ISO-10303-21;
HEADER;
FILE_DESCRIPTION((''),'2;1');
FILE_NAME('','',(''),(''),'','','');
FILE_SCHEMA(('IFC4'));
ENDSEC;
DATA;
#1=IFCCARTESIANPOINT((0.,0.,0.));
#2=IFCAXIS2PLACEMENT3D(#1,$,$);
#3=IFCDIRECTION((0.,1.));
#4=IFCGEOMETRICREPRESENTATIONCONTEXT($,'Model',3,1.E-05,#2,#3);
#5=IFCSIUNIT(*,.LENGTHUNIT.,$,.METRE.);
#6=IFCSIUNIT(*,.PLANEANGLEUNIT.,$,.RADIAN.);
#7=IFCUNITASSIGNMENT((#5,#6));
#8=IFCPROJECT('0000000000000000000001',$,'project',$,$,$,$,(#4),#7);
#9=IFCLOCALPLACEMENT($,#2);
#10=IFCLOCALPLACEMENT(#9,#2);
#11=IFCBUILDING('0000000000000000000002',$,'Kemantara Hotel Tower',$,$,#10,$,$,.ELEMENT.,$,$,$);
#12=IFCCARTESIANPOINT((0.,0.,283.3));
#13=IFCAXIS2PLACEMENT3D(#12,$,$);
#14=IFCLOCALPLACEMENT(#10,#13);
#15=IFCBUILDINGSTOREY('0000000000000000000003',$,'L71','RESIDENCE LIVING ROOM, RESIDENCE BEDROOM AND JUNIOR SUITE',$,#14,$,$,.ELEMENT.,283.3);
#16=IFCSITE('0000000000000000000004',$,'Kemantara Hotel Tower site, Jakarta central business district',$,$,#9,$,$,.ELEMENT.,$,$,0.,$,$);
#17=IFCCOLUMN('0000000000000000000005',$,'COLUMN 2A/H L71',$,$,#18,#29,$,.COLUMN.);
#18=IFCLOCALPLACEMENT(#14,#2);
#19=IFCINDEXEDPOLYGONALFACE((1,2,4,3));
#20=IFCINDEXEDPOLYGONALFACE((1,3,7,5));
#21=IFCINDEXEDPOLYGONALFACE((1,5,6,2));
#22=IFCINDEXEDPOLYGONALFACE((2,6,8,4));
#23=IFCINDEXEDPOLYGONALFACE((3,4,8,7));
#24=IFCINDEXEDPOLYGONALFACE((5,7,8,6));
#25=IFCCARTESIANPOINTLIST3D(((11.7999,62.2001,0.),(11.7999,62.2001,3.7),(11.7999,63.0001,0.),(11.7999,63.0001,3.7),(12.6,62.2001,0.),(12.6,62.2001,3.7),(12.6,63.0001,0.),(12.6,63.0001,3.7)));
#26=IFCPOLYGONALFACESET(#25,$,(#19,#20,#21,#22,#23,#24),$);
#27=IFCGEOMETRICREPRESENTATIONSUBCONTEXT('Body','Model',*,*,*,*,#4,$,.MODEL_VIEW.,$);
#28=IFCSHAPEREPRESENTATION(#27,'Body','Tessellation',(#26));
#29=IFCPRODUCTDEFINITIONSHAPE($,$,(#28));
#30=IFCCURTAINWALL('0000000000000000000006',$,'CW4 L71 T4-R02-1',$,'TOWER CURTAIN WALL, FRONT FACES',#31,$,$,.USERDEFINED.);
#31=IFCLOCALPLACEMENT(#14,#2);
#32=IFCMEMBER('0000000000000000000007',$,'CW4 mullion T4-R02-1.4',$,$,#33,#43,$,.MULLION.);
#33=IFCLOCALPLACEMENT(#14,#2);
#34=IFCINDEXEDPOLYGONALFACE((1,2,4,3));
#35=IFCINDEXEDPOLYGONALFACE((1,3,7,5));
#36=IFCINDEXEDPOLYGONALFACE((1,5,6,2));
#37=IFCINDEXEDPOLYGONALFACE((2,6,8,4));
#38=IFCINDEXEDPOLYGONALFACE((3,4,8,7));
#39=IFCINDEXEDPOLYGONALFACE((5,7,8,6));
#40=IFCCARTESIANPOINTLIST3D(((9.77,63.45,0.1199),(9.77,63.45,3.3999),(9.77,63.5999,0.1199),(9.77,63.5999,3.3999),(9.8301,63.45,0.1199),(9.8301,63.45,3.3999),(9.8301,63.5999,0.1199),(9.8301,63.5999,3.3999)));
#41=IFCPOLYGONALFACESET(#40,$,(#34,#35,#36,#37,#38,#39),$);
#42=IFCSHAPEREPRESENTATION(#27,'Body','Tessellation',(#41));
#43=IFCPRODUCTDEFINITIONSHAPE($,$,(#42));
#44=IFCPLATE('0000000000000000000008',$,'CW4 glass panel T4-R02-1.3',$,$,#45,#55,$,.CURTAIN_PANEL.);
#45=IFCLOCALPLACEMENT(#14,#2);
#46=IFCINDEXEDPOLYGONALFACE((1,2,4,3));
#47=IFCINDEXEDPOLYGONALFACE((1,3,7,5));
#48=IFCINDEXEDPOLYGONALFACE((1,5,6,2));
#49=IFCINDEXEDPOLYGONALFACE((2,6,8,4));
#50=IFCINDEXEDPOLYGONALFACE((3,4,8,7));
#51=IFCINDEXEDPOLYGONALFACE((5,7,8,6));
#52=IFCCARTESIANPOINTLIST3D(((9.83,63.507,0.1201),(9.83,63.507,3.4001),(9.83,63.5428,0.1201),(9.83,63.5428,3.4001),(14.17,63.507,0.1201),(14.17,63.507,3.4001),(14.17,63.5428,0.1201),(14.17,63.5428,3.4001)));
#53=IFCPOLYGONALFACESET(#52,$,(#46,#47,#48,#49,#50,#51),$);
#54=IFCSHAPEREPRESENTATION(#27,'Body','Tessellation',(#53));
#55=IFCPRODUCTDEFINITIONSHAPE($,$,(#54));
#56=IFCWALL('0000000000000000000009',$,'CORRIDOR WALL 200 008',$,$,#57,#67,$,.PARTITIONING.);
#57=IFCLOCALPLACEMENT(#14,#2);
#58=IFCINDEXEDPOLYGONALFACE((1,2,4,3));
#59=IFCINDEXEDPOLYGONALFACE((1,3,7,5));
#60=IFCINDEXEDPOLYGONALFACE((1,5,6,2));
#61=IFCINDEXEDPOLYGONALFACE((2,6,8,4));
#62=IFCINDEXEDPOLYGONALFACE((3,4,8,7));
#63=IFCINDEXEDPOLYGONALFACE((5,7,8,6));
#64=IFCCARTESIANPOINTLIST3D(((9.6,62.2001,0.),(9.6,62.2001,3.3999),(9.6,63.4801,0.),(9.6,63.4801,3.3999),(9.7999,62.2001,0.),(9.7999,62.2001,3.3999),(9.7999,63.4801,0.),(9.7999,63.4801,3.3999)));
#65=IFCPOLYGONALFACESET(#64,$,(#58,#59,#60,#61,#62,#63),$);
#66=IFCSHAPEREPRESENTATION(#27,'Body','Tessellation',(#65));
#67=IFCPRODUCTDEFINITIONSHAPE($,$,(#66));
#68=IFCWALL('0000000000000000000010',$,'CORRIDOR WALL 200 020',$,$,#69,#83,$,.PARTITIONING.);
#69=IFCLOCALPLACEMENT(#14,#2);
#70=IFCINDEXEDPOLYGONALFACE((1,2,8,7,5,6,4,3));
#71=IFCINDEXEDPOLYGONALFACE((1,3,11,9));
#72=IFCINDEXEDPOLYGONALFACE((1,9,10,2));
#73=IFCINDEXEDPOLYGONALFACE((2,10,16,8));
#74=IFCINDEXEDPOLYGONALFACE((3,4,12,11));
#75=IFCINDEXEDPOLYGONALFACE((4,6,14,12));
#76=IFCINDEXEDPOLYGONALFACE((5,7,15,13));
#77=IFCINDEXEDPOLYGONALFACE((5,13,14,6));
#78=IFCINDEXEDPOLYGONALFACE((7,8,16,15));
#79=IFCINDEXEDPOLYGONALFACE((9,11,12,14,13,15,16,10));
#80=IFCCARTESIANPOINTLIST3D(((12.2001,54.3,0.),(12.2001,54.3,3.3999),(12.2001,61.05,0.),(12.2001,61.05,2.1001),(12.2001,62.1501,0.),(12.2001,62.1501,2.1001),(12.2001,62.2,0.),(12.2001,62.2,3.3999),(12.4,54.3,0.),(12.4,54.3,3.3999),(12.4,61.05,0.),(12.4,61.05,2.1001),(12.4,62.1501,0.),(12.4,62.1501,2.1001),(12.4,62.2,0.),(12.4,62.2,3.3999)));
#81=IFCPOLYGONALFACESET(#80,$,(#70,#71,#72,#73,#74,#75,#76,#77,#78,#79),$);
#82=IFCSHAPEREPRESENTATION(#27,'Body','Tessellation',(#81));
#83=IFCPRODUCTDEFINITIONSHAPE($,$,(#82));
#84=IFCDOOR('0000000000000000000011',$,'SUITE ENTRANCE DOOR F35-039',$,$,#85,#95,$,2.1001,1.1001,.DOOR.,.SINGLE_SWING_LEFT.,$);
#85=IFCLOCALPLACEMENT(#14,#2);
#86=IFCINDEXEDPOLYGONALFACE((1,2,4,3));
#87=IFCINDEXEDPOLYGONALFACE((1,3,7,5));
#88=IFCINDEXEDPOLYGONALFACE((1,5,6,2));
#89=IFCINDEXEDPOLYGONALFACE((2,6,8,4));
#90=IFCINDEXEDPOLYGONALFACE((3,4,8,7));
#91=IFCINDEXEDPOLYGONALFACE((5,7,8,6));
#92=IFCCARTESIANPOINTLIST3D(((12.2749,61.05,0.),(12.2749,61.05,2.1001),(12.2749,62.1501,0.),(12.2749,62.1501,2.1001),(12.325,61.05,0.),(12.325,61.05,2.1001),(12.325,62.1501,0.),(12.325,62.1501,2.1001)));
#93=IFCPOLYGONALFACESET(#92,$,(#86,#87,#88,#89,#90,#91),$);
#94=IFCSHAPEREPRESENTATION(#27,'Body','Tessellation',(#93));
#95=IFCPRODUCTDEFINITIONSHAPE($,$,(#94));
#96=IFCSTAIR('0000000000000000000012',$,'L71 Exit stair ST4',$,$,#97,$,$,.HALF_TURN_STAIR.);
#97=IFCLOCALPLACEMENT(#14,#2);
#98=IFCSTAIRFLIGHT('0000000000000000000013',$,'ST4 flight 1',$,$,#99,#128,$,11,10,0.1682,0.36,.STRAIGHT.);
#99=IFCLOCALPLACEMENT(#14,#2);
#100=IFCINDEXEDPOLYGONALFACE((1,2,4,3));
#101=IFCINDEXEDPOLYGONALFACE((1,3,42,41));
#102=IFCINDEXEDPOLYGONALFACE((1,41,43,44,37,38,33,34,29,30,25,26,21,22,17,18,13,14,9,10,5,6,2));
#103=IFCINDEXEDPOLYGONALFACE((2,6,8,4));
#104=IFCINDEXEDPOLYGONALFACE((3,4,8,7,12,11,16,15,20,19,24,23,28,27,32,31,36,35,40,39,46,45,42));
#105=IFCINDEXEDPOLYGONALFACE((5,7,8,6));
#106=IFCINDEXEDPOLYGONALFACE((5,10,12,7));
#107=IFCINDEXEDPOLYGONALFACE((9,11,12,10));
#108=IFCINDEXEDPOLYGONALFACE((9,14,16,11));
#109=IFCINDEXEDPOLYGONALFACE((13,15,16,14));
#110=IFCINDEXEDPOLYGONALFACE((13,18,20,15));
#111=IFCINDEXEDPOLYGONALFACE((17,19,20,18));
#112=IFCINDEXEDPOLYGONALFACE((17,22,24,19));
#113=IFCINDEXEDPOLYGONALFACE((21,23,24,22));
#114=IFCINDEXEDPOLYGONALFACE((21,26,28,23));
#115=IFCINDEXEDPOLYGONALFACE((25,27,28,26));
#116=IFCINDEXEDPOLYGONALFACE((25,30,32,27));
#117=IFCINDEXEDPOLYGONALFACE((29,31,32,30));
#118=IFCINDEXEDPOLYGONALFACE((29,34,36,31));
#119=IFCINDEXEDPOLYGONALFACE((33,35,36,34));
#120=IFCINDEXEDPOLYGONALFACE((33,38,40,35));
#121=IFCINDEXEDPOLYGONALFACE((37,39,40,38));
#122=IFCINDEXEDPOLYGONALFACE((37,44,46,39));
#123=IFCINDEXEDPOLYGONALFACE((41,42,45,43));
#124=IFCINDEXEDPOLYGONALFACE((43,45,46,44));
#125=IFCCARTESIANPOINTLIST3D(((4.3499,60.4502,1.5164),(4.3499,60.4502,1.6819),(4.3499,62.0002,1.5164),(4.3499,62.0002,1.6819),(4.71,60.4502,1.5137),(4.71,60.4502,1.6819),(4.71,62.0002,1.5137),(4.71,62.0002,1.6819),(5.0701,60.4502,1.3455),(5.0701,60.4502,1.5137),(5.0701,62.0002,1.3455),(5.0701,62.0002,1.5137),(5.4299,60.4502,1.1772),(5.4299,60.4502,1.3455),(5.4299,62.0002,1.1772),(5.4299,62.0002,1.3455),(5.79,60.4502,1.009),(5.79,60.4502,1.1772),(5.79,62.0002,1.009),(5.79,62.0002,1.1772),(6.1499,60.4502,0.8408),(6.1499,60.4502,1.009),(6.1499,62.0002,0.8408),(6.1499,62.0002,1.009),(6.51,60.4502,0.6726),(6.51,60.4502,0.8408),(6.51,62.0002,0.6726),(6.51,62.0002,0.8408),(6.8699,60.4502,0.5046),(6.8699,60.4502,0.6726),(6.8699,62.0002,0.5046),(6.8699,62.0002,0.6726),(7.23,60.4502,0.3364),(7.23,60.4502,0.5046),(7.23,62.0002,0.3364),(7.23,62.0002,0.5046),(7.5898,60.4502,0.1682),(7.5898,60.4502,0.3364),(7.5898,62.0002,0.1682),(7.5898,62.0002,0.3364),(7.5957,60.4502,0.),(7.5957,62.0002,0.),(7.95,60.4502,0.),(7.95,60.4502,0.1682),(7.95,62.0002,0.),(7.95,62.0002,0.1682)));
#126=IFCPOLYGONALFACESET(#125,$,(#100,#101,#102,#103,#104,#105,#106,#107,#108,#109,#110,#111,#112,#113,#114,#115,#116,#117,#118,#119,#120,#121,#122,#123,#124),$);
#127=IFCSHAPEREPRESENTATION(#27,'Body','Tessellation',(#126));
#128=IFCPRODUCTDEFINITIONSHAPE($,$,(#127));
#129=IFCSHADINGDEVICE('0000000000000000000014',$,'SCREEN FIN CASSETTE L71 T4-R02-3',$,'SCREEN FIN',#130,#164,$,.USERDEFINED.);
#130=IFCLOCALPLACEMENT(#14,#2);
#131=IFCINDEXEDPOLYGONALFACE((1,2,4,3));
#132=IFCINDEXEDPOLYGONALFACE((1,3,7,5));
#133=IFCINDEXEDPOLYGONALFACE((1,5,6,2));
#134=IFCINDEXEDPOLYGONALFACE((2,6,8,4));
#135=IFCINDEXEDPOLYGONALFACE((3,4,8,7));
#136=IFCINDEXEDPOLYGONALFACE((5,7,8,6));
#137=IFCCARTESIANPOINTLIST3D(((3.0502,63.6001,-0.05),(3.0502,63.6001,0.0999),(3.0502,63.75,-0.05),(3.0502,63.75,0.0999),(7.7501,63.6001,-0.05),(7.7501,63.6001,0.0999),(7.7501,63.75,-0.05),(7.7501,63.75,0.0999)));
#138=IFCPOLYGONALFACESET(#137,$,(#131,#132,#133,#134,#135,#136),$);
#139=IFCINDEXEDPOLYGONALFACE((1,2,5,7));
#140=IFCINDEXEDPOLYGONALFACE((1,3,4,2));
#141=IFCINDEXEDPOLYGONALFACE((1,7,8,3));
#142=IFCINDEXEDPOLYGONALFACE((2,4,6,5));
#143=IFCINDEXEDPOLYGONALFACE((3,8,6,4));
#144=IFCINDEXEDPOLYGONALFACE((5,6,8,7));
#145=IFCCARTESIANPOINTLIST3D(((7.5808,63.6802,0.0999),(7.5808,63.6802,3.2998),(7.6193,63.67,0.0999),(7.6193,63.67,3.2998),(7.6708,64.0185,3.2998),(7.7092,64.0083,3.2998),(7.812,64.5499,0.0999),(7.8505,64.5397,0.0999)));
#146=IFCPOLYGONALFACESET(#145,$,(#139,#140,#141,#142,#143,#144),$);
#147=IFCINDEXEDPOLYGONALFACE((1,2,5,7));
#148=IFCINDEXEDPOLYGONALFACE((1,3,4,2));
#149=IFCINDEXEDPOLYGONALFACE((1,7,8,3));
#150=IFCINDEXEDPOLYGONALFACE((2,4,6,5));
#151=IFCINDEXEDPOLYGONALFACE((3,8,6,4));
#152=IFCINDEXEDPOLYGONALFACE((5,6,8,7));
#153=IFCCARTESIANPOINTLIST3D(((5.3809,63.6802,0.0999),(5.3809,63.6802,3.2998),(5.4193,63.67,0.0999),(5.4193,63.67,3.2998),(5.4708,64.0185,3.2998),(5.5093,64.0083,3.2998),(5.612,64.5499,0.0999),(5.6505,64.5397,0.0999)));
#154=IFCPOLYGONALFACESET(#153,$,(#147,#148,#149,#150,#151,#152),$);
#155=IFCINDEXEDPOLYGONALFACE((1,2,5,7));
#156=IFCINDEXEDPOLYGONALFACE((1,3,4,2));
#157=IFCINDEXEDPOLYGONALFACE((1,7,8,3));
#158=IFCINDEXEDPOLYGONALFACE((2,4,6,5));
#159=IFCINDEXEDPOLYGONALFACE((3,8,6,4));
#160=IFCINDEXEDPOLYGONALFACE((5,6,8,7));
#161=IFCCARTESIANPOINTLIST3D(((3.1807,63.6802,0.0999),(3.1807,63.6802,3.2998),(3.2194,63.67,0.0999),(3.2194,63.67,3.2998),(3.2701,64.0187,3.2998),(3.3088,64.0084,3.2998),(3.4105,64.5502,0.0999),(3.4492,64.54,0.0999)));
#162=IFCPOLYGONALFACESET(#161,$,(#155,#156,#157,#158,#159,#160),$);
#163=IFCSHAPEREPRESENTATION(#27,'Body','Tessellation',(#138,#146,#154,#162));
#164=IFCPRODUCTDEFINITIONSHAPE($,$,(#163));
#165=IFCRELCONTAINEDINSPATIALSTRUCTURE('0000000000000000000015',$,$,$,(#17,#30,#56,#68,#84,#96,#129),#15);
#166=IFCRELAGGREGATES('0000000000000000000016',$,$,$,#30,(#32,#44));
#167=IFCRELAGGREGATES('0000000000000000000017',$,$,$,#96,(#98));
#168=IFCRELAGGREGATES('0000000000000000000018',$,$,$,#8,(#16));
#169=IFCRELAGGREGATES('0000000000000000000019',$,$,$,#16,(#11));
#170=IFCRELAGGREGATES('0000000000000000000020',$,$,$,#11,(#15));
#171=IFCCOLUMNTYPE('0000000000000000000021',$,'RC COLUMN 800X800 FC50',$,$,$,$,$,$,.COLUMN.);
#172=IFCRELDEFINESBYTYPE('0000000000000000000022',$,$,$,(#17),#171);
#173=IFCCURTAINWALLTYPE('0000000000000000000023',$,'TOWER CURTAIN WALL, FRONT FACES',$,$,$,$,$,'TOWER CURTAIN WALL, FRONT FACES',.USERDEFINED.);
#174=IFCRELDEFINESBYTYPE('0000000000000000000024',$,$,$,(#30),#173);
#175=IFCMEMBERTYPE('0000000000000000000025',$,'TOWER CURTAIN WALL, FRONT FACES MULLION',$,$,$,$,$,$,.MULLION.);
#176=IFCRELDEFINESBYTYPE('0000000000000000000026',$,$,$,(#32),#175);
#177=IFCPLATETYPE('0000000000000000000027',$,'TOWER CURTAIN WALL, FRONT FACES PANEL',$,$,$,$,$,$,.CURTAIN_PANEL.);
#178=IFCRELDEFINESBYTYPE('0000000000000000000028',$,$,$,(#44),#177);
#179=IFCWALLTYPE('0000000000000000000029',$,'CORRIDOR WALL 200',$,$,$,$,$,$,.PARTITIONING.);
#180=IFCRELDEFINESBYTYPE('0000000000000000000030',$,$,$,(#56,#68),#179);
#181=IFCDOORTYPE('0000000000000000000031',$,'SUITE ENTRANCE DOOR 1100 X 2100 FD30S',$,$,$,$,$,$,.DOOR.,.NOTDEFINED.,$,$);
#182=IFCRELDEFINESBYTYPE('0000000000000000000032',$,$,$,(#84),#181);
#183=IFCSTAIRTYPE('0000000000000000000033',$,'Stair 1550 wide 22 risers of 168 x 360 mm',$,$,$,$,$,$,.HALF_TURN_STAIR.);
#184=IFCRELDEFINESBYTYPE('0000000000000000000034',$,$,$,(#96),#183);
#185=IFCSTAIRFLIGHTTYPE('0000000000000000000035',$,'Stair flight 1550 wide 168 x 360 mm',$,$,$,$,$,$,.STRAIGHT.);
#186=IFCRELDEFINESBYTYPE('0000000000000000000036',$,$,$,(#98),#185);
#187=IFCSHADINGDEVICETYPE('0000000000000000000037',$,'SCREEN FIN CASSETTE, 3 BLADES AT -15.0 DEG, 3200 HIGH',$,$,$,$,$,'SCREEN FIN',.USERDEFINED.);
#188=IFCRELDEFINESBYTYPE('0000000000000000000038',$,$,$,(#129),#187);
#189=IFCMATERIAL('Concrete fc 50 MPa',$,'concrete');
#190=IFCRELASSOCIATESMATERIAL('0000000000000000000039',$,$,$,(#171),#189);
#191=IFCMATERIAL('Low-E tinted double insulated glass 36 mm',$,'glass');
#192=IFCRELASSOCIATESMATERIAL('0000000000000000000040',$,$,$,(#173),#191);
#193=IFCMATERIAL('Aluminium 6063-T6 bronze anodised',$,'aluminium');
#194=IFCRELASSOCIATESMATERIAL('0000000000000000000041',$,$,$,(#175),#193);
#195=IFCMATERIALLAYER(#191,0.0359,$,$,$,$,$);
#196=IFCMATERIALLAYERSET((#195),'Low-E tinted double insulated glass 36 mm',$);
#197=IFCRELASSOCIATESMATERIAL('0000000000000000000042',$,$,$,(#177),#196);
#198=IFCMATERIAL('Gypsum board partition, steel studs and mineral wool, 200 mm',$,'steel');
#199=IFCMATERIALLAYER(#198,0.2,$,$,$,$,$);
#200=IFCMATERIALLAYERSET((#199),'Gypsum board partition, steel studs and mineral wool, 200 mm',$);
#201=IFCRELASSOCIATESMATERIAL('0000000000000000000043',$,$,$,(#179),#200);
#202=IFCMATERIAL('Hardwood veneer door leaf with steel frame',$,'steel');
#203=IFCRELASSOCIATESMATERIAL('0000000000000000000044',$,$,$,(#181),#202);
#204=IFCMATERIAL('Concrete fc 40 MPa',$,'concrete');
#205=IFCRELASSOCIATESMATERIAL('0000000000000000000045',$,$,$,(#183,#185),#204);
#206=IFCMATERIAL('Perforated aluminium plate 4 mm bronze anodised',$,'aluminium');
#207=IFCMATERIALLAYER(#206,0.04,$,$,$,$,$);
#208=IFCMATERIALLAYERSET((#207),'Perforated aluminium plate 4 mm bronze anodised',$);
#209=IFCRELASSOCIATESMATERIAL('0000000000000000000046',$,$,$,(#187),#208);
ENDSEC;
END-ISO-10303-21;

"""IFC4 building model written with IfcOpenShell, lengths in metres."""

from ifc_helpers import new_model, si_unit, direction, frame, frame_2d, origin, origin_2d, place, context, subcontext, project, spatial, polyline, rectangle, outline, extrude, source, transform, mapped, material, layer, layer_set, material_profile, profile_set, type_object, element, fill, aggregate, save


model = new_model("IFC4")

# Units and contexts
model_context = context("Model", 3, precision=1e-05, world=origin(), true_north=direction((0.0, 1.0)))
body_context = subcontext(model_context, "Body", "Model", "MODEL_VIEW")
ifc_project = project(units=[si_unit("LENGTHUNIT", "METRE"), si_unit("PLANEANGLEUNIT", "RADIAN")], contexts=[model_context])

# Site, building, storey
site_placement = place(None, origin())
site = spatial("IfcSite", under=ifc_project, at=site_placement, Name="Kemantara Hotel Tower site, Jakarta central business district", CompositionType="ELEMENT", RefElevation=0.0)
building_placement = place(site_placement, origin())
building = spatial("IfcBuilding", under=site, at=building_placement, Name="Kemantara Hotel Tower", CompositionType="ELEMENT")
storey_placement = place(building_placement, frame((0.0, 0.0, 283.3)))
storey = spatial("IfcBuildingStorey", under=building, at=storey_placement, Name="L71", Description="RESIDENCE LIVING ROOM, RESIDENCE BEDROOM AND JUNIOR SUITE", CompositionType="ELEMENT", Elevation=283.3)

# Column
ifc_material_1 = material(Name="Concrete fc 50 MPa", Category="concrete")
ifc_material_profile_1 = material_profile(ifc_material_1, rectangle(XDim=0.8, YDim=0.8, at=origin_2d()), Name="RC 800X800")
ifc_profile_set_1 = profile_set([ifc_material_profile_1], Name="Concrete fc 50 MPa")
column_type = type_object("IfcColumnType", Name="RC COLUMN 800X800 FC50", PredefinedType="COLUMN", material=ifc_profile_set_1)
column_placement = place(storey_placement, frame((12.2, 62.6001, 0.0), z_axis=(0.0, 0.0, 1.0), x_axis=(1.0, 0.0, 0.0)))
element("IfcColumn", 1, at=column_placement, inside=storey, type_object=column_type, Name="COLUMN 2A/H L71", PredefinedType="COLUMN", context=body_context, shape_type="SweptSolid", body=[
    extrude(rectangle(XDim=0.8, YDim=0.8, at=origin_2d()), origin(), (0.0, 0.0, 1.0), 3.7),
])

# Curtain wall, member, plate
ifc_material_2 = material(Name="Low-E tinted double insulated glass 36 mm", Category="glass")
curtain_wall_type = type_object("IfcCurtainWallType", Name="TOWER CURTAIN WALL, FRONT FACES", ElementType="TOWER CURTAIN WALL, FRONT FACES", PredefinedType="USERDEFINED", material=ifc_material_2)
curtain_wall_placement = place(storey_placement, origin())
curtain_wall = element("IfcCurtainWall", 2, at=curtain_wall_placement, inside=storey, type_object=curtain_wall_type, Name="CW4 L71 T4-R02-1", ObjectType="TOWER CURTAIN WALL, FRONT FACES", PredefinedType="USERDEFINED")
ifc_material_3 = material(Name="Aluminium 6063-T6 bronze anodised", Category="aluminium")
ifc_material_profile_2 = material_profile(ifc_material_3, rectangle(XDim=0.1499, YDim=0.0601, at=origin_2d()), Name="TOWER CURTAIN WALL, FRONT FACES MULLION")
ifc_profile_set_2 = profile_set([ifc_material_profile_2], Name="Aluminium 6063-T6 bronze anodised")
member_type = type_object("IfcMemberType", Name="TOWER CURTAIN WALL, FRONT FACES MULLION", PredefinedType="MULLION", material=ifc_profile_set_2)
shared_shape_1 = source(origin(), body_context, "Body", "SweptSolid", [
    extrude(rectangle(XDim=0.1499, YDim=0.0601, at=origin_2d()), origin(), (0.0, 0.0, 1.0), 3.28),
])
member_placement = place(storey_placement, frame((9.8, 63.5249, 0.1199), z_axis=(0.0, 0.0, 1.0), x_axis=(0.0, -1.0, 0.0)))
member = element("IfcMember", 3, at=member_placement, type_object=member_type, Name="CW4 mullion T4-R02-1.4", PredefinedType="MULLION", context=body_context, shape_type="MappedRepresentation", body=[
    mapped(shared_shape_1, transform((0.0, 0.0, 0.0))),
])
ifc_layer_1 = layer(ifc_material_2, 0.0359)
ifc_layer_set_1 = layer_set([ifc_layer_1], Name="Low-E tinted double insulated glass 36 mm")
plate_type = type_object("IfcPlateType", Name="TOWER CURTAIN WALL, FRONT FACES PANEL", PredefinedType="CURTAIN_PANEL", material=ifc_layer_set_1)
shared_shape_2 = source(origin(), body_context, "Body", "SweptSolid", [
    extrude(rectangle(XDim=4.3401, YDim=0.0359, at=origin_2d()), origin(), (0.0, 0.0, 1.0), 3.28),
])
plate_placement = place(storey_placement, frame((12.0, 63.5249, 0.1201), z_axis=(0.0, 0.0, 1.0), x_axis=(-1.0, 0.0, 0.0)))
plate = element("IfcPlate", 4, at=plate_placement, type_object=plate_type, Name="CW4 glass panel T4-R02-1.3", PredefinedType="CURTAIN_PANEL", context=body_context, shape_type="MappedRepresentation", body=[
    mapped(shared_shape_2, transform((0.0, 0.0, 0.0))),
])
aggregate(curtain_wall, [member, plate])

# Wall
ifc_material_4 = material(Name="Gypsum board partition, steel studs and mineral wool, 200 mm", Category="steel")
ifc_layer_2 = layer(ifc_material_4, 0.2)
ifc_layer_set_2 = layer_set([ifc_layer_2], Name="Gypsum board partition, steel studs and mineral wool, 200 mm")
wall_type = type_object("IfcWallType", Name="CORRIDOR WALL 200", PredefinedType="PARTITIONING", material=ifc_layer_set_2)
wall_1_placement = place(storey_placement, frame((9.7, 62.2, 0.0), z_axis=(0.0, 0.0, 1.0), x_axis=(0.0, 1.0, 0.0)))
element("IfcWall", 5, at=wall_1_placement, inside=storey, type_object=wall_type, Name="CORRIDOR WALL 200 008", PredefinedType="PARTITIONING", context=body_context, shape_type="SweptSolid", body=[
    extrude(rectangle(XDim=1.28, YDim=0.2, at=frame_2d((0.6401, 0.0))), origin(), (0.0, 0.0, 1.0), 3.3999),
])

# Wall, opening, door
wall_2_placement = place(storey_placement, frame((12.3, 62.2, 0.0), z_axis=(0.0, 0.0, 1.0), x_axis=(0.0, -1.0, 0.0)))
wall_2 = element("IfcWall", 6, at=wall_2_placement, inside=storey, type_object=wall_type, Name="CORRIDOR WALL 200 020", PredefinedType="PARTITIONING", context=body_context, shape_type="SweptSolid", body=[
    extrude(rectangle(XDim=7.8999, YDim=0.2, at=frame_2d((3.95, 0.0))), origin(), (0.0, 0.0, 1.0), 3.3999),
])
opening_placement = place(wall_2_placement, frame((0.0498, 0.0, 0.0)))
opening = element("IfcOpeningElement", 7, at=opening_placement, cuts=wall_2, PredefinedType="OPENING", context=body_context, shape_type="SweptSolid", body=[
    extrude(rectangle(XDim=1.1001, YDim=2.1001, at=frame_2d((0.55, 1.05))), frame((0.0, 0.1099, 0.0), z_axis=(0.0, -1.0, 0.0), x_axis=(1.0, 0.0, 0.0)), (0.0, 0.0, 1.0), 0.22),
])
ifc_material_5 = material(Name="Hardwood veneer door leaf with steel frame", Category="steel")
door_type = type_object("IfcDoorType", Name="SUITE ENTRANCE DOOR 1100 X 2100 FD30S", OperationType="NOTDEFINED", PredefinedType="DOOR", material=ifc_material_5)
door_placement = place(opening_placement, origin())
door = element("IfcDoor", 8, at=door_placement, inside=storey, type_object=door_type, Name="SUITE ENTRANCE DOOR F35-039", OperationType="SINGLE_SWING_LEFT", OverallHeight=2.1001, OverallWidth=1.1001, PredefinedType="DOOR", context=body_context, shape_type="SweptSolid", body=[
    extrude(rectangle(XDim=1.1001, YDim=2.1001, at=frame_2d((0.55, 1.05))), frame((0.0, 0.0249, 0.0), z_axis=(0.0, -1.0, 0.0), x_axis=(1.0, 0.0, 0.0)), (0.0, 0.0, 1.0), 0.05),
])
fill(opening, door)

# Stair, stair flight
ifc_material_6 = material(Name="Concrete fc 40 MPa", Category="concrete")
stair_type = type_object("IfcStairType", Name="Stair 1550 wide 22 risers of 168 x 360 mm", PredefinedType="HALF_TURN_STAIR", material=ifc_material_6)
stair_placement = place(storey_placement, origin())
stair = element("IfcStair", 9, at=stair_placement, inside=storey, type_object=stair_type, Name="L71 Exit stair ST4", PredefinedType="HALF_TURN_STAIR")
stair_flight_type = type_object("IfcStairFlightType", Name="Stair flight 1550 wide 168 x 360 mm", PredefinedType="STRAIGHT", material=ifc_material_6)
stair_flight_placement = place(storey_placement, frame((7.95, 61.2251, 0.0), z_axis=(0.0, 0.0, 1.0), x_axis=(-1.0, 0.0, 0.0)))
stair_flight = element("IfcStairFlight", 10, at=stair_flight_placement, type_object=stair_flight_type, Name="ST4 flight 1", NumberOfRisers=11, NumberOfTreads=10, PredefinedType="STRAIGHT", RiserHeight=0.1682, TreadLength=0.36, context=body_context, shape_type="SweptSolid", body=[
    extrude(outline(polyline([(0.0, 0.0), (0.0, 0.1682), (0.3601, 0.1682), (0.3601, 0.3364), (0.72, 0.3364), (0.72, 0.5046), (1.0801, 0.5046), (1.0801, 0.6726), (1.4399, 0.6726), (1.4399, 0.8408), (1.8, 0.8408), (1.8, 1.009), (2.1599, 1.009), (2.1599, 1.1772), (2.52, 1.1772), (2.52, 1.3455), (2.8799, 1.3455), (2.8799, 1.5137), (3.24, 1.5137), (3.24, 1.6819), (3.6001, 1.6819), (3.6001, 1.8501), (3.6001, 1.5164), (0.3542, 0.0), (0.0, 0.0)])), frame((0.0, 0.7749, 0.0), z_axis=(0.0, -1.0, 0.0), x_axis=(1.0, 0.0, 0.0)), (0.0, 0.0, 1.0), 1.55),
])
aggregate(stair, [stair_flight])

# Shading device
ifc_material_7 = material(Name="Perforated aluminium plate 4 mm bronze anodised", Category="aluminium")
ifc_layer_3 = layer(ifc_material_7, 0.04)
ifc_layer_set_3 = layer_set([ifc_layer_3], Name="Perforated aluminium plate 4 mm bronze anodised")
shading_device_type = type_object("IfcShadingDeviceType", Name="SCREEN FIN CASSETTE, 3 BLADES AT -15.0 DEG, 3200 HIGH", ElementType="SCREEN FIN", PredefinedType="USERDEFINED", material=ifc_layer_set_3)
shared_shape_3 = source(origin(), body_context, "Body", "SweptSolid", [
    extrude(rectangle(XDim=4.7, YDim=0.1499, at=origin_2d()), frame((2.2, -0.075, -0.1499), z_axis=(0.0, 0.0, 1.0), x_axis=(1.0, 0.0, 0.0)), (0.0, 0.0, 1.0), 0.1499),
    extrude(outline(polyline([(0.0, 0.0), (0.8999, 0.0), (0.3501, 3.2), (0.0, 3.2), (0.0, 0.0)])), frame((0.0193, -0.0801, 0.0), z_axis=(-0.966438, 0.256901, 0.0), x_axis=(-0.256901, -0.966438, 0.0)), (0.0, 0.0, 1.0), 0.0398),
    extrude(outline(polyline([(0.0, 0.0), (0.8999, 0.0), (0.3501, 3.2), (0.0, 3.2), (0.0, 0.0)])), frame((2.2192, -0.0801, 0.0), z_axis=(-0.966438, 0.256901, 0.0), x_axis=(-0.256901, -0.966438, 0.0)), (0.0, 0.0, 1.0), 0.0398),
    extrude(outline(polyline([(0.0, 0.0), (0.8999, 0.0), (0.3501, 3.2), (0.0, 3.2), (0.0, 0.0)])), frame((4.4194, -0.0801, 0.0), z_axis=(-0.966838, 0.255391, 0.0), x_axis=(-0.255391, -0.966838, 0.0)), (0.0, 0.0, 1.0), 0.04),
])
shading_device_placement = place(storey_placement, frame((7.6001, 63.6001, 0.0999), z_axis=(0.0, 0.0, 1.0), x_axis=(-1.0, 0.0, 0.0)))
element("IfcShadingDevice", 11, at=shading_device_placement, inside=storey, type_object=shading_device_type, Name="SCREEN FIN CASSETTE L71 T4-R02-3", ObjectType="SCREEN FIN", PredefinedType="USERDEFINED", context=body_context, shape_type="MappedRepresentation", body=[
    mapped(shared_shape_3, transform((0.0, 0.0, 0.0))),
])

save(model, "model.ifc")
